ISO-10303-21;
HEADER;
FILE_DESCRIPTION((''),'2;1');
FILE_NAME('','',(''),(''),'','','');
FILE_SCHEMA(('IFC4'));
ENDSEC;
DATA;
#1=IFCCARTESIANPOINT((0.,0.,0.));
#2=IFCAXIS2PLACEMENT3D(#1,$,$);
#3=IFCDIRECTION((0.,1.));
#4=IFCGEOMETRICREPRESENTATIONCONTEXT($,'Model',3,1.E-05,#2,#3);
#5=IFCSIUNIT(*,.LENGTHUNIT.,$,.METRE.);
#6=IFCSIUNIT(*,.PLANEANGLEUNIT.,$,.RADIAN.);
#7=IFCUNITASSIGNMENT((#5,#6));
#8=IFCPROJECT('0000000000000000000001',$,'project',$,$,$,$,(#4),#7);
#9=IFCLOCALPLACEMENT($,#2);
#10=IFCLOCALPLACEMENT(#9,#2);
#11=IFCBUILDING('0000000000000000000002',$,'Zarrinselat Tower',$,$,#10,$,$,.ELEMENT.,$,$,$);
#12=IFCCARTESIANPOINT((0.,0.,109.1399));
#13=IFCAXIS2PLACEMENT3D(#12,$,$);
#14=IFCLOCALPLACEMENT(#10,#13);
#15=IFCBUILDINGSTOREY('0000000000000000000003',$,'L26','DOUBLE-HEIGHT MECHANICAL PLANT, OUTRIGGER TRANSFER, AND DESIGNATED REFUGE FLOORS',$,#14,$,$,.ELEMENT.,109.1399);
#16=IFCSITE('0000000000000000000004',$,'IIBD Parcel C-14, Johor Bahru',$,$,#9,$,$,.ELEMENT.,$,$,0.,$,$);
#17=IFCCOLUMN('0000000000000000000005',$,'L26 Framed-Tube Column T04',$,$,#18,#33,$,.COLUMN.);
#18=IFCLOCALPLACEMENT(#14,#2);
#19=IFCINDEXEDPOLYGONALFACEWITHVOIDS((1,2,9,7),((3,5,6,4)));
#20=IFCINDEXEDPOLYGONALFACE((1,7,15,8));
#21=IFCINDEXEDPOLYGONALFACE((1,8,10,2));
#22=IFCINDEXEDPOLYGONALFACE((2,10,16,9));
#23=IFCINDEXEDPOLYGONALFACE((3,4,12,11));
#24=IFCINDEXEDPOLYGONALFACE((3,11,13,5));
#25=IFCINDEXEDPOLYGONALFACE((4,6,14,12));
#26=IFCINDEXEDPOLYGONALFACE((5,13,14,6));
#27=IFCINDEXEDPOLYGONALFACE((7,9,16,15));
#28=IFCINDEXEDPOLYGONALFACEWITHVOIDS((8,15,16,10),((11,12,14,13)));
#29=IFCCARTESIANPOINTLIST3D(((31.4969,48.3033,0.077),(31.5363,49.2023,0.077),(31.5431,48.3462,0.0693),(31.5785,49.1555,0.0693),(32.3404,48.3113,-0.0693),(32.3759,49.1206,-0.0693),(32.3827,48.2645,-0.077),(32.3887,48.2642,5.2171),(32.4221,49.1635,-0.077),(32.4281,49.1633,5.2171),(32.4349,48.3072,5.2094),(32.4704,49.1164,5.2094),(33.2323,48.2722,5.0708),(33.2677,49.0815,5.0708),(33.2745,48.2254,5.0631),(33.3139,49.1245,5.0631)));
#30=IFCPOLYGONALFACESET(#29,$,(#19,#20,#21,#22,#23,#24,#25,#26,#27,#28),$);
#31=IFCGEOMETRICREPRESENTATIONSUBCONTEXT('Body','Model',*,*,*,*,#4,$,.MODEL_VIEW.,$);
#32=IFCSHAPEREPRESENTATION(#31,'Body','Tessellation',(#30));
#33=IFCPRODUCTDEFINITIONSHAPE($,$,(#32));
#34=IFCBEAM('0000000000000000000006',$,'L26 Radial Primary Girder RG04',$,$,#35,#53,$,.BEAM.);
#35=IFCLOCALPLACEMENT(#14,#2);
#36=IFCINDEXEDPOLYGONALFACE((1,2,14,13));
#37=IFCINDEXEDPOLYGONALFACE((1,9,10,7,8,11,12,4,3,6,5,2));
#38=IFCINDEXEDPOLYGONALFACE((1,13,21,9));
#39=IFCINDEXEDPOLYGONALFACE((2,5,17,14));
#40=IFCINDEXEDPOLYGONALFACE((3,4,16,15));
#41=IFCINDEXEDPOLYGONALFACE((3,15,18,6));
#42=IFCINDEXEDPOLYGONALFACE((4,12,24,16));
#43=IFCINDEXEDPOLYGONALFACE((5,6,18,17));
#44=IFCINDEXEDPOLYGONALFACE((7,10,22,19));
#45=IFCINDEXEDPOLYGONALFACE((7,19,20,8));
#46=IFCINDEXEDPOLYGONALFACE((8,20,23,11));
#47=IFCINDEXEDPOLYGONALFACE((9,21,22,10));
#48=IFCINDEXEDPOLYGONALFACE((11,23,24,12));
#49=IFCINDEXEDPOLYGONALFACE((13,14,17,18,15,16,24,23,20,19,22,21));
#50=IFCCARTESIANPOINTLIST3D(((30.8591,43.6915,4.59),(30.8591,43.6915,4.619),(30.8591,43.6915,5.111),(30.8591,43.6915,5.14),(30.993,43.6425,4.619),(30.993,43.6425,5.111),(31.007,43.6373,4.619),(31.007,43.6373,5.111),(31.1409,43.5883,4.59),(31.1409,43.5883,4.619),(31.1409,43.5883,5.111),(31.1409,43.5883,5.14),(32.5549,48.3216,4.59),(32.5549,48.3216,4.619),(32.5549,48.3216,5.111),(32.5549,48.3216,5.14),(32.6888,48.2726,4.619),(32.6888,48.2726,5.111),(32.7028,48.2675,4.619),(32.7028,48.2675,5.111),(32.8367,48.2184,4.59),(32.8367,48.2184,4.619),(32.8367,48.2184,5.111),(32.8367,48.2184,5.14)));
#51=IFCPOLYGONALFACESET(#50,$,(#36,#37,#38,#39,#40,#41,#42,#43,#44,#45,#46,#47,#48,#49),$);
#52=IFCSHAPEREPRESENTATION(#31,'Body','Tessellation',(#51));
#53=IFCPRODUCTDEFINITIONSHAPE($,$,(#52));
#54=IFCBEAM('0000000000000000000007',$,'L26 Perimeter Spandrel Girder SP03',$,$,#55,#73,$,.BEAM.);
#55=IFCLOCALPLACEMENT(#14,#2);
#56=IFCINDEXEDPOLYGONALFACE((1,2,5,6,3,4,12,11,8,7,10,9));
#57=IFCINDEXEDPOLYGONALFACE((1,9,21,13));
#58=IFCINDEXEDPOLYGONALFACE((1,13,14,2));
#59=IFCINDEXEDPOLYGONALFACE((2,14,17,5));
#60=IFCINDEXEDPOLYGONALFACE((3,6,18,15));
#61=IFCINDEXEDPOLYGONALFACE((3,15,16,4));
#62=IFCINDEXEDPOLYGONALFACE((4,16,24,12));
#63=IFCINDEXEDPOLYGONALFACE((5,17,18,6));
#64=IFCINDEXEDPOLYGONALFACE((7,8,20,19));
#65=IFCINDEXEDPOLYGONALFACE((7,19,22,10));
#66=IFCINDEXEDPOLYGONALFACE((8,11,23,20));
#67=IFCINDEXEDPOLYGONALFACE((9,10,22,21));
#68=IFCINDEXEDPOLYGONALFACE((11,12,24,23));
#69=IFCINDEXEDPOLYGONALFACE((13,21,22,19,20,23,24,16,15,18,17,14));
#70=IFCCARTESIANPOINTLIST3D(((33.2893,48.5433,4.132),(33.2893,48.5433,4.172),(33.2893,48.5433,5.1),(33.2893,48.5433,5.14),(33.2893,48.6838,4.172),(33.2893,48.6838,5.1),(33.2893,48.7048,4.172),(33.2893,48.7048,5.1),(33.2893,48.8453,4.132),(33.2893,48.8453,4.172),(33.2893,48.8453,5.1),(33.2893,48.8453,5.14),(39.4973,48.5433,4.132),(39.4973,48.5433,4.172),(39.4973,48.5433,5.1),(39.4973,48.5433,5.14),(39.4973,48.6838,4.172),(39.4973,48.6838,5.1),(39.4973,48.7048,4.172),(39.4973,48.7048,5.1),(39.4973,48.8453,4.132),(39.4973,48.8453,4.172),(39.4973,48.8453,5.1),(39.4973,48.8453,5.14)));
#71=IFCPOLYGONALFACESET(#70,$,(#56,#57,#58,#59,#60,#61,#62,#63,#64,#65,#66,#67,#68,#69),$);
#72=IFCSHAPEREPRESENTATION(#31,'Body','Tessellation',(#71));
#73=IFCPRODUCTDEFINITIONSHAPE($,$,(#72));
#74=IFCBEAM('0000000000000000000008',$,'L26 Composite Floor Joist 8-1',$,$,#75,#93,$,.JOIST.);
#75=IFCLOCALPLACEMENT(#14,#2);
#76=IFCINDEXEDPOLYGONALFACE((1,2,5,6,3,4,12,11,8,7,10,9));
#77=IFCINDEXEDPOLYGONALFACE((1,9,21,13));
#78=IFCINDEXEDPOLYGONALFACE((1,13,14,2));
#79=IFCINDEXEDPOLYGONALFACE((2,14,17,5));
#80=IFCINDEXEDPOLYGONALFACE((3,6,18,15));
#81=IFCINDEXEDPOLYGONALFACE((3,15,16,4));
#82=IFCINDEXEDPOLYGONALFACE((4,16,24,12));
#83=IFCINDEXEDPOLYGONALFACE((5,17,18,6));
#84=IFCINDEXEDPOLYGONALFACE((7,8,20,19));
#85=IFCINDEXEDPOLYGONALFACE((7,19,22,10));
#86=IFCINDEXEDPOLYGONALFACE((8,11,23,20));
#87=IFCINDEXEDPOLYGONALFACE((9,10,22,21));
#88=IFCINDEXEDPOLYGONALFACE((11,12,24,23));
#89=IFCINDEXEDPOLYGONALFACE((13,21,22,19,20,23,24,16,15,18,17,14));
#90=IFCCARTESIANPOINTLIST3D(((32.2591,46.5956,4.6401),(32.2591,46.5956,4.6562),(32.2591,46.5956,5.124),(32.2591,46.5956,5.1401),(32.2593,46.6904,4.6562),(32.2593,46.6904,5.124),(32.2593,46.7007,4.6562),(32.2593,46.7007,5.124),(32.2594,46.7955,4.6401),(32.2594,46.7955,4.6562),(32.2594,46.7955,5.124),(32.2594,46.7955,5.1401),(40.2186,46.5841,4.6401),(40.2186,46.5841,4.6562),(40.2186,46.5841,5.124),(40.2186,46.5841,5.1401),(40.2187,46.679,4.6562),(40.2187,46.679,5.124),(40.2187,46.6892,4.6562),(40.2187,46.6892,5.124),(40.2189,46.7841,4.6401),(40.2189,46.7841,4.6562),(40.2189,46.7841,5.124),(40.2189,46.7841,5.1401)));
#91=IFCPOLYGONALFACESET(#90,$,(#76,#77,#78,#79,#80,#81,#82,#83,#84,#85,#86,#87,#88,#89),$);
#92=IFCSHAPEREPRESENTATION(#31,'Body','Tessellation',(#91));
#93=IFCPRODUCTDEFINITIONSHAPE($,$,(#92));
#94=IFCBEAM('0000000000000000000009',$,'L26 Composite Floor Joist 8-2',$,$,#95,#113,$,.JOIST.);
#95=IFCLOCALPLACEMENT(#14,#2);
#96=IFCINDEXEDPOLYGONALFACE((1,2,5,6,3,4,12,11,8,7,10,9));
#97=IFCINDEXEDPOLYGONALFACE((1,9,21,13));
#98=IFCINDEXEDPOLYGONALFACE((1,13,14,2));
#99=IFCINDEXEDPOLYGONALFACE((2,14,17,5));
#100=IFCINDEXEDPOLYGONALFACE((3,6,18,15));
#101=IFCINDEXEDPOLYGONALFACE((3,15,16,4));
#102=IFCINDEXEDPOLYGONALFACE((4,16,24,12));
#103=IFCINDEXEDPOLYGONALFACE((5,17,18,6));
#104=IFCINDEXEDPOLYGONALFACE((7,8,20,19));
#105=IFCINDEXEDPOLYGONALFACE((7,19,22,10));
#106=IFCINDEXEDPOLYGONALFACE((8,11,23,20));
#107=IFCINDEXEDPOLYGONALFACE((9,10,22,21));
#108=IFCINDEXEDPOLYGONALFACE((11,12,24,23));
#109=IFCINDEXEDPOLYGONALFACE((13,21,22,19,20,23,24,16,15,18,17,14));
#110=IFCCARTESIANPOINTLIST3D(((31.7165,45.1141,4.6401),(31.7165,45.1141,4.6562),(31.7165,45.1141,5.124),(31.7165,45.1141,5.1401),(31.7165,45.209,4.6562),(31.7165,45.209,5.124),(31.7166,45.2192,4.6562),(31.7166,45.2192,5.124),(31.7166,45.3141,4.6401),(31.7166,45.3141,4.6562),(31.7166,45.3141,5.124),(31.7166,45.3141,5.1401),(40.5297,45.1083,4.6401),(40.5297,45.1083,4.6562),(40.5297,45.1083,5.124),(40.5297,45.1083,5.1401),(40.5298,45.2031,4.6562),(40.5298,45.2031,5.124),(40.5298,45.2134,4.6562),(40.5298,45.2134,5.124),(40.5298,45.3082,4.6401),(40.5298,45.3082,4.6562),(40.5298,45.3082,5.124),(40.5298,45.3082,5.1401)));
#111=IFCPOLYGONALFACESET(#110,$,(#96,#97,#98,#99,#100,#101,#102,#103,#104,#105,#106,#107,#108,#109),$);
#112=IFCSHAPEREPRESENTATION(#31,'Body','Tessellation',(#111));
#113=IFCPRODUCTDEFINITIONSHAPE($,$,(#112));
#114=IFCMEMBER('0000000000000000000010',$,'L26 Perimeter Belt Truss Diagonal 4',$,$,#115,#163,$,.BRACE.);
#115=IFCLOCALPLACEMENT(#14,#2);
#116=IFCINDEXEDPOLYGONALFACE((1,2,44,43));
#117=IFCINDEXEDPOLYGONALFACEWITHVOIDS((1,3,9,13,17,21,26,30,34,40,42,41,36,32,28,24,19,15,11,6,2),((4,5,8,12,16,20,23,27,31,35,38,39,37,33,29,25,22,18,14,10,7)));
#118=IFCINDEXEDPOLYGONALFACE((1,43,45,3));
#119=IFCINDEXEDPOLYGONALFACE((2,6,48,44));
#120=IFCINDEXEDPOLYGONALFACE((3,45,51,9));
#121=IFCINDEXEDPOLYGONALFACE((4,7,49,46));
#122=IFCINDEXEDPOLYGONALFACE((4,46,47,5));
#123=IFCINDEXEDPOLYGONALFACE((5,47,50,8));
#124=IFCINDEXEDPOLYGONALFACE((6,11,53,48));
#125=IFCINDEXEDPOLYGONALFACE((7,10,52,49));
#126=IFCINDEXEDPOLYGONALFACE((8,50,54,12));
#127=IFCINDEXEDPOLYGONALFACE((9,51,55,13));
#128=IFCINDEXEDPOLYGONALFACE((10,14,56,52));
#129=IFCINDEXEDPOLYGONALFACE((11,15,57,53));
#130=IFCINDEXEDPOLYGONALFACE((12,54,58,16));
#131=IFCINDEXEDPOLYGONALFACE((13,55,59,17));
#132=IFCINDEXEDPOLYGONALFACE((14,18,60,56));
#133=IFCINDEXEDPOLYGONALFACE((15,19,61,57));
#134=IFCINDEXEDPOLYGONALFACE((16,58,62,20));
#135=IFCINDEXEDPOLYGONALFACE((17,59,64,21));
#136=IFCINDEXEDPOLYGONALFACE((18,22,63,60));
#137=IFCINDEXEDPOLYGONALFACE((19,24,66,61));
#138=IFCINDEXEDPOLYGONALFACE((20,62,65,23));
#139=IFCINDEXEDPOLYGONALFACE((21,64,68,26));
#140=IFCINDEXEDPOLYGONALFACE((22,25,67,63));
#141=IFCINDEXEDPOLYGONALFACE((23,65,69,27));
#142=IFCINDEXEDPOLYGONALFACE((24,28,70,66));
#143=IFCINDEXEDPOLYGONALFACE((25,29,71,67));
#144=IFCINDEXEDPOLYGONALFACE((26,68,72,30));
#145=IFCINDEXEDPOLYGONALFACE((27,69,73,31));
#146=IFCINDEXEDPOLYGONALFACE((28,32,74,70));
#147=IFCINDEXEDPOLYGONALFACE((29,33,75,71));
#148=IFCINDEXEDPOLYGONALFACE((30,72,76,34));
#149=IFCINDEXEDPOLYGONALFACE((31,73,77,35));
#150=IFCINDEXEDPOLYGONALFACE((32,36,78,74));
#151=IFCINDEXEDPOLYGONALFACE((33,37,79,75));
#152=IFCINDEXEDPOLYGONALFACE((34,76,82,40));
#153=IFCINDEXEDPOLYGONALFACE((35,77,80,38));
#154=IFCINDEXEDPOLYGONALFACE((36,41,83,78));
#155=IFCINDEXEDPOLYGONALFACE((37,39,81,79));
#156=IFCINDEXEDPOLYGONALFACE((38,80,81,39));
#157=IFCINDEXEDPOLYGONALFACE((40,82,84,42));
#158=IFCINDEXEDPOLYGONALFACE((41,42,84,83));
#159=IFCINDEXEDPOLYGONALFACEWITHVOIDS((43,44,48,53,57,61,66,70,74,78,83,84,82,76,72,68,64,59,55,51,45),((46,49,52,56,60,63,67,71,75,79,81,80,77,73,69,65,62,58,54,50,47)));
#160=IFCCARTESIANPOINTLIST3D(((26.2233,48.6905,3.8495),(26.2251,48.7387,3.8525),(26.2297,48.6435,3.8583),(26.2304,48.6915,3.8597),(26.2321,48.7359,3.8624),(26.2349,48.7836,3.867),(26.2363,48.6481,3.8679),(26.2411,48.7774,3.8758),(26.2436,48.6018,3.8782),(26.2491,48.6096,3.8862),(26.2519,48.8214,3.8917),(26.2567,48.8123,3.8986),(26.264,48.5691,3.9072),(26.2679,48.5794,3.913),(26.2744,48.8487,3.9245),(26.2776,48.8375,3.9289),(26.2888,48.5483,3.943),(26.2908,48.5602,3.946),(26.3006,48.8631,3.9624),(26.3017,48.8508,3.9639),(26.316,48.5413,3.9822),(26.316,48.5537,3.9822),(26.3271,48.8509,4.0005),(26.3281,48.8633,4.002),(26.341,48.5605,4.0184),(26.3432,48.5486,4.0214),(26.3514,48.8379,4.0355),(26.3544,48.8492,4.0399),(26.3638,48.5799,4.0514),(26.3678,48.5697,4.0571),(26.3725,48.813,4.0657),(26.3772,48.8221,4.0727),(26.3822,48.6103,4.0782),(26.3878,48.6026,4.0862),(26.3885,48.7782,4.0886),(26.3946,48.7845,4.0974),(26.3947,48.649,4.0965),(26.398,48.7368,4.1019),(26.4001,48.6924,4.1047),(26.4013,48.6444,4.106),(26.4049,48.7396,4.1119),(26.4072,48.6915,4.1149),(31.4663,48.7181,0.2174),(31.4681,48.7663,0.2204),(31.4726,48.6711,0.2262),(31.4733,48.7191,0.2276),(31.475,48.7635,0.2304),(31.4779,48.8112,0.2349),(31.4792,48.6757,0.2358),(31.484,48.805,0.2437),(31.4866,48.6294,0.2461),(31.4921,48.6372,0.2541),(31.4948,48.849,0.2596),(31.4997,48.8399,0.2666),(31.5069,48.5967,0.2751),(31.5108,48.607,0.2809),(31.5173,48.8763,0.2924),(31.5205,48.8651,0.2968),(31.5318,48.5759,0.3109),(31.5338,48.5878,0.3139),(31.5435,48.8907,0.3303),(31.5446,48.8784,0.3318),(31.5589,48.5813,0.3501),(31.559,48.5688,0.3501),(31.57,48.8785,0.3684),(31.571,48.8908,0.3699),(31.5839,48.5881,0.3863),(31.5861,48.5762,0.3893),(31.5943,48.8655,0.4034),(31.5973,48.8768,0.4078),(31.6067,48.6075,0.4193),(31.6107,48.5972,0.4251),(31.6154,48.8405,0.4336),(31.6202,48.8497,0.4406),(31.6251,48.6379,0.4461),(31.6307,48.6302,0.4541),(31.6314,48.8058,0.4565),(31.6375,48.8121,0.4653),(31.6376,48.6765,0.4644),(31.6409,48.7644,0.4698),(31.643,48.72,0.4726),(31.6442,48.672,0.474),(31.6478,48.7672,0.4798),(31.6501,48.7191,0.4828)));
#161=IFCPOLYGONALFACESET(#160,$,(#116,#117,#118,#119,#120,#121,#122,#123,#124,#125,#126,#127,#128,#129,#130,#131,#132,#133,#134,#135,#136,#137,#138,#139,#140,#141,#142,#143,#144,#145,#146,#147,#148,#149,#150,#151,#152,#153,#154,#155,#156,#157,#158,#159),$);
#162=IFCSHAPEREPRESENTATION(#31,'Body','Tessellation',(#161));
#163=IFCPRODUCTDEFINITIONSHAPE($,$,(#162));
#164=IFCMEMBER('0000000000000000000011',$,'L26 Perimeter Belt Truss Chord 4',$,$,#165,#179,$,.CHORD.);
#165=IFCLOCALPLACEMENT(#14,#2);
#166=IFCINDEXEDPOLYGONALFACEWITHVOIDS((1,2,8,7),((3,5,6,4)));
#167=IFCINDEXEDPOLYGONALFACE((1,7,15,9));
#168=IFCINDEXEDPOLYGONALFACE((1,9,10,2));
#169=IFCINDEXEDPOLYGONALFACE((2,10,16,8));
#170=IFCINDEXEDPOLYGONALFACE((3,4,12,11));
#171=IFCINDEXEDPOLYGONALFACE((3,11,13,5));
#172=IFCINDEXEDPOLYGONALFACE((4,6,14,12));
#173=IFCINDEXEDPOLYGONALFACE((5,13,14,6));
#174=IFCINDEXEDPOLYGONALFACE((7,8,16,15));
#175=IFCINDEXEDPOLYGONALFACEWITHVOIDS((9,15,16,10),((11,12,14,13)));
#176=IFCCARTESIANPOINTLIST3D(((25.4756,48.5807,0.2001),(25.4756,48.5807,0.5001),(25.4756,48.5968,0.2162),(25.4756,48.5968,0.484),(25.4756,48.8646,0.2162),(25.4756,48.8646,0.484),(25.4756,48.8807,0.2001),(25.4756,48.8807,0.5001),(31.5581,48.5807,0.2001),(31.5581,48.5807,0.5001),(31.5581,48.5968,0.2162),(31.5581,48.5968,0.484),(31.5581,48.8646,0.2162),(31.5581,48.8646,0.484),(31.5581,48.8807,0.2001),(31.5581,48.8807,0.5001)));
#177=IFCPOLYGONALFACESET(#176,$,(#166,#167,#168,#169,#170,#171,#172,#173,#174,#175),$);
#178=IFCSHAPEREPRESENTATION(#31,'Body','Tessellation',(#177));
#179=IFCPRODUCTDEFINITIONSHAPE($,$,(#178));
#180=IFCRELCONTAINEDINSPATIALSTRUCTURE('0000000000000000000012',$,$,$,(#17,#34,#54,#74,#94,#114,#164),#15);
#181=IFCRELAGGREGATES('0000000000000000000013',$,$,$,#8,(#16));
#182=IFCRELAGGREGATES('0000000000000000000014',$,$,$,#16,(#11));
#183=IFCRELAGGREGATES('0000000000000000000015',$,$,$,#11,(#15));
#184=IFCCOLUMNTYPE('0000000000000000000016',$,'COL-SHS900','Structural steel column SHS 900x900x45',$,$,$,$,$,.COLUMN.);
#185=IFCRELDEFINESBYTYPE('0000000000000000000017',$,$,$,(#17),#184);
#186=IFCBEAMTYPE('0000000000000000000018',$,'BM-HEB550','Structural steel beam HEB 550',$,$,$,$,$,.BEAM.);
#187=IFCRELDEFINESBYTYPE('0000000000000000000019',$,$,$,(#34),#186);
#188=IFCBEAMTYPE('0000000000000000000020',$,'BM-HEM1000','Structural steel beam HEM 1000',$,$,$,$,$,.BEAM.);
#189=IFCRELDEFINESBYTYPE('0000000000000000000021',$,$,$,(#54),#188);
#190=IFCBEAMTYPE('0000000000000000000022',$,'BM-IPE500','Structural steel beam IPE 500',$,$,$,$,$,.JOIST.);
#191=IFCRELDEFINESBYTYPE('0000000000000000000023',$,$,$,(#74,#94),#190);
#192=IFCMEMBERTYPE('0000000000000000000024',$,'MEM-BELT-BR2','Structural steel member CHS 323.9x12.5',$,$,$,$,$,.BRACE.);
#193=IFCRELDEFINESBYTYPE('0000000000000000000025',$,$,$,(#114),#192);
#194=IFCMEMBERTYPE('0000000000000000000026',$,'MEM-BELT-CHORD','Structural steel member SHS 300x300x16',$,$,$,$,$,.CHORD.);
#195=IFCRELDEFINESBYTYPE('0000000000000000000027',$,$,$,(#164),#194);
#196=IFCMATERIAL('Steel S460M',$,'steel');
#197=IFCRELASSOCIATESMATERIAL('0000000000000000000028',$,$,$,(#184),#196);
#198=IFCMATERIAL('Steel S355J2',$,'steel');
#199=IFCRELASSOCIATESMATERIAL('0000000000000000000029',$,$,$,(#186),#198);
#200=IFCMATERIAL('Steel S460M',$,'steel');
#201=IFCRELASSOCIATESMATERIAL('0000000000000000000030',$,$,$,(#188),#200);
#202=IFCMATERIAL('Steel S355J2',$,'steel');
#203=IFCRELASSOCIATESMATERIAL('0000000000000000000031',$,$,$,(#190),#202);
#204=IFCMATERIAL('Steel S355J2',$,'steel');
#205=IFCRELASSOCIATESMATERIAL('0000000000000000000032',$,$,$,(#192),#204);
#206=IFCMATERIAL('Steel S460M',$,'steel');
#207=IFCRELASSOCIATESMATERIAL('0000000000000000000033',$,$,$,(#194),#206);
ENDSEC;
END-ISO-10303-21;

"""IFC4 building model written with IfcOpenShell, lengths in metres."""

from ifc_helpers import new_model, si_unit, direction, frame, origin, origin_2d, place, context, subcontext, project, spatial, hollow_rectangle, hollow_circle, i_section, extrude, material, material_profile, profile_set, type_object, element, save


model = new_model("IFC4")

# Units and contexts
model_context = context("Model", 3, precision=1e-05, world=origin(), true_north=direction((0.0, 1.0)))
body_context = subcontext(model_context, "Body", "Model", "MODEL_VIEW")
ifc_project = project(units=[si_unit("LENGTHUNIT", "METRE"), si_unit("PLANEANGLEUNIT", "RADIAN")], contexts=[model_context])

# Site, building, storey
site_placement = place(None, origin())
site = spatial("IfcSite", under=ifc_project, at=site_placement, Name="IIBD Parcel C-14, Johor Bahru", CompositionType="ELEMENT", RefElevation=0.0)
building_placement = place(site_placement, origin())
building = spatial("IfcBuilding", under=site, at=building_placement, Name="Zarrinselat Tower", CompositionType="ELEMENT")
storey_placement = place(building_placement, frame((0.0, 0.0, 109.1399)))
storey = spatial("IfcBuildingStorey", under=building, at=storey_placement, Name="L26", Description="DOUBLE-HEIGHT MECHANICAL PLANT, OUTRIGGER TRANSFER, AND DESIGNATED REFUGE FLOORS", CompositionType="ELEMENT", Elevation=109.1399)

# Column
ifc_material_1 = material(Name="Steel S460M", Category="steel")
ifc_material_profile_1 = material_profile(ifc_material_1, hollow_rectangle(XDim=0.8999, YDim=0.8999, WallThickness=0.0449, at=origin_2d()), Name="SHS 900x900x45")
ifc_profile_set_1 = profile_set([ifc_material_profile_1], Name="Steel S460M")
column_type = type_object("IfcColumnType", Name="COL-SHS900", Description="Structural steel column SHS 900x900x45", PredefinedType="COLUMN", material=ifc_profile_set_1)
column_placement = place(storey_placement, frame((31.9595, 48.7334, 0.0), z_axis=(0.170947, -0.007487, 0.985252), x_axis=(0.043758, 0.999042, 0.0)))
element("IfcColumn", 1, at=column_placement, inside=storey, type_object=column_type, Name="L26 Framed-Tube Column T04", PredefinedType="COLUMN", context=body_context, shape_type="SweptSolid", body=[
    extrude(hollow_rectangle(XDim=0.8999, YDim=0.8999, WallThickness=0.0449, at=origin_2d()), origin(), (0.0, 0.0, 1.0), 5.217),
])

# Beams
ifc_material_2 = material(Name="Steel S355J2", Category="steel")
ifc_material_profile_2 = material_profile(ifc_material_2, i_section(OverallWidth=0.3, OverallDepth=0.55, WebThickness=0.0149, FlangeThickness=0.0291, at=origin_2d()), Name="HEB 550")
ifc_profile_set_2 = profile_set([ifc_material_profile_2], Name="Steel S355J2")
beam_type_1 = type_object("IfcBeamType", Name="BM-HEB550", Description="Structural steel beam HEB 550", PredefinedType="BEAM", material=ifc_profile_set_2)
beam_1_placement = place(storey_placement, frame((31.0, 43.6399, 4.865), z_axis=(0.343913, 0.939002, 0.0), x_axis=(-0.939002, 0.343913, 0.0)))
element("IfcBeam", 2, at=beam_1_placement, inside=storey, type_object=beam_type_1, Name="L26 Radial Primary Girder RG04", PredefinedType="BEAM", context=body_context, shape_type="SweptSolid", body=[
    extrude(i_section(OverallWidth=0.3, OverallDepth=0.55, WebThickness=0.0149, FlangeThickness=0.0291, at=origin_2d()), origin(), (0.0, 0.0, 1.0), 4.9309),
])
ifc_material_3 = material(Name="Steel S460M", Category="steel")
ifc_material_profile_3 = material_profile(ifc_material_3, i_section(OverallWidth=0.302, OverallDepth=1.0081, WebThickness=0.021, FlangeThickness=0.04, at=origin_2d()), Name="HEM 1000")
ifc_profile_set_3 = profile_set([ifc_material_profile_3], Name="Steel S460M")
beam_type_2 = type_object("IfcBeamType", Name="BM-HEM1000", Description="Structural steel beam HEM 1000", PredefinedType="BEAM", material=ifc_profile_set_3)
beam_2_placement = place(storey_placement, frame((33.2893, 48.6943, 4.636), z_axis=(1.0, 0.0, 0.0), x_axis=(0.0, 1.0, 0.0)))
element("IfcBeam", 3, at=beam_2_placement, inside=storey, type_object=beam_type_2, Name="L26 Perimeter Spandrel Girder SP03", PredefinedType="BEAM", context=body_context, shape_type="SweptSolid", body=[
    extrude(i_section(OverallWidth=0.302, OverallDepth=1.0081, WebThickness=0.021, FlangeThickness=0.04, at=origin_2d()), origin(), (0.0, 0.0, 1.0), 6.208),
])
ifc_material_4 = material(Name="Steel S355J2", Category="steel")
ifc_material_profile_4 = material_profile(ifc_material_4, i_section(OverallWidth=0.2, OverallDepth=0.5, WebThickness=0.0103, FlangeThickness=0.0161, at=origin_2d()), Name="IPE 500")
ifc_profile_set_4 = profile_set([ifc_material_profile_4], Name="Steel S355J2")
beam_type_3 = type_object("IfcBeamType", Name="BM-IPE500", Description="Structural steel beam IPE 500", PredefinedType="JOIST", material=ifc_profile_set_4)
beam_3_placement = place(storey_placement, frame((32.2593, 46.6956, 4.8901), z_axis=(0.999999, -0.001442, 0.0), x_axis=(0.001442, 0.999999, 0.0)))
element("IfcBeam", 4, at=beam_3_placement, inside=storey, type_object=beam_type_3, Name="L26 Composite Floor Joist 8-1", PredefinedType="JOIST", context=body_context, shape_type="SweptSolid", body=[
    extrude(i_section(OverallWidth=0.2, OverallDepth=0.5, WebThickness=0.0103, FlangeThickness=0.0161, at=origin_2d()), origin(), (0.0, 0.0, 1.0), 7.9595),
])
beam_4_placement = place(storey_placement, frame((31.7166, 45.2141, 4.8901), z_axis=(1.0, -0.000665, 0.0), x_axis=(0.000665, 1.0, 0.0)))
element("IfcBeam", 5, at=beam_4_placement, inside=storey, type_object=beam_type_3, Name="L26 Composite Floor Joist 8-2", PredefinedType="JOIST", context=body_context, shape_type="SweptSolid", body=[
    extrude(i_section(OverallWidth=0.2, OverallDepth=0.5, WebThickness=0.0103, FlangeThickness=0.0161, at=origin_2d()), origin(), (0.0, 0.0, 1.0), 8.8132),
])

# Members
ifc_material_5 = material(Name="Steel S355J2", Category="steel")
ifc_material_profile_5 = material_profile(ifc_material_5, hollow_circle(Radius=0.1619, WallThickness=0.0125, at=origin_2d()), Name="CHS 323.9x12.5")
ifc_profile_set_5 = profile_set([ifc_material_profile_5], Name="Steel S355J2")
member_type_1 = type_object("IfcMemberType", Name="MEM-BELT-BR2", Description="Structural steel member CHS 323.9x12.5", PredefinedType="BRACE", material=ifc_profile_set_5)
member_1_placement = place(storey_placement, frame((31.5581, 48.7307, 0.3501), z_axis=(-0.822011, -0.004325, 0.569455), x_axis=(0.005262, -0.999986, 0.0)))
element("IfcMember", 6, at=member_1_placement, inside=storey, type_object=member_type_1, Name="L26 Perimeter Belt Truss Diagonal 4", PredefinedType="BRACE", context=body_context, shape_type="SweptSolid", body=[
    extrude(hollow_circle(Radius=0.1619, WallThickness=0.0125, at=origin_2d()), origin(), (0.0, 0.0, 1.0), 6.3782),
])
ifc_material_6 = material(Name="Steel S460M", Category="steel")
ifc_material_profile_6 = material_profile(ifc_material_6, hollow_rectangle(XDim=0.3, YDim=0.3, WallThickness=0.0161, at=origin_2d()), Name="SHS 300x300x16")
ifc_profile_set_6 = profile_set([ifc_material_profile_6], Name="Steel S460M")
member_type_2 = type_object("IfcMemberType", Name="MEM-BELT-CHORD", Description="Structural steel member SHS 300x300x16", PredefinedType="CHORD", material=ifc_profile_set_6)
member_2_placement = place(storey_placement, frame((31.5581, 48.7307, 0.3501), z_axis=(-1.0, 0.0, 0.0), x_axis=(0.0, -1.0, 0.0)))
element("IfcMember", 7, at=member_2_placement, inside=storey, type_object=member_type_2, Name="L26 Perimeter Belt Truss Chord 4", PredefinedType="CHORD", context=body_context, shape_type="SweptSolid", body=[
    extrude(hollow_rectangle(XDim=0.3, YDim=0.3, WallThickness=0.0161, at=origin_2d()), origin(), (0.0, 0.0, 1.0), 6.0825),
])

save(model, "model.ifc")
